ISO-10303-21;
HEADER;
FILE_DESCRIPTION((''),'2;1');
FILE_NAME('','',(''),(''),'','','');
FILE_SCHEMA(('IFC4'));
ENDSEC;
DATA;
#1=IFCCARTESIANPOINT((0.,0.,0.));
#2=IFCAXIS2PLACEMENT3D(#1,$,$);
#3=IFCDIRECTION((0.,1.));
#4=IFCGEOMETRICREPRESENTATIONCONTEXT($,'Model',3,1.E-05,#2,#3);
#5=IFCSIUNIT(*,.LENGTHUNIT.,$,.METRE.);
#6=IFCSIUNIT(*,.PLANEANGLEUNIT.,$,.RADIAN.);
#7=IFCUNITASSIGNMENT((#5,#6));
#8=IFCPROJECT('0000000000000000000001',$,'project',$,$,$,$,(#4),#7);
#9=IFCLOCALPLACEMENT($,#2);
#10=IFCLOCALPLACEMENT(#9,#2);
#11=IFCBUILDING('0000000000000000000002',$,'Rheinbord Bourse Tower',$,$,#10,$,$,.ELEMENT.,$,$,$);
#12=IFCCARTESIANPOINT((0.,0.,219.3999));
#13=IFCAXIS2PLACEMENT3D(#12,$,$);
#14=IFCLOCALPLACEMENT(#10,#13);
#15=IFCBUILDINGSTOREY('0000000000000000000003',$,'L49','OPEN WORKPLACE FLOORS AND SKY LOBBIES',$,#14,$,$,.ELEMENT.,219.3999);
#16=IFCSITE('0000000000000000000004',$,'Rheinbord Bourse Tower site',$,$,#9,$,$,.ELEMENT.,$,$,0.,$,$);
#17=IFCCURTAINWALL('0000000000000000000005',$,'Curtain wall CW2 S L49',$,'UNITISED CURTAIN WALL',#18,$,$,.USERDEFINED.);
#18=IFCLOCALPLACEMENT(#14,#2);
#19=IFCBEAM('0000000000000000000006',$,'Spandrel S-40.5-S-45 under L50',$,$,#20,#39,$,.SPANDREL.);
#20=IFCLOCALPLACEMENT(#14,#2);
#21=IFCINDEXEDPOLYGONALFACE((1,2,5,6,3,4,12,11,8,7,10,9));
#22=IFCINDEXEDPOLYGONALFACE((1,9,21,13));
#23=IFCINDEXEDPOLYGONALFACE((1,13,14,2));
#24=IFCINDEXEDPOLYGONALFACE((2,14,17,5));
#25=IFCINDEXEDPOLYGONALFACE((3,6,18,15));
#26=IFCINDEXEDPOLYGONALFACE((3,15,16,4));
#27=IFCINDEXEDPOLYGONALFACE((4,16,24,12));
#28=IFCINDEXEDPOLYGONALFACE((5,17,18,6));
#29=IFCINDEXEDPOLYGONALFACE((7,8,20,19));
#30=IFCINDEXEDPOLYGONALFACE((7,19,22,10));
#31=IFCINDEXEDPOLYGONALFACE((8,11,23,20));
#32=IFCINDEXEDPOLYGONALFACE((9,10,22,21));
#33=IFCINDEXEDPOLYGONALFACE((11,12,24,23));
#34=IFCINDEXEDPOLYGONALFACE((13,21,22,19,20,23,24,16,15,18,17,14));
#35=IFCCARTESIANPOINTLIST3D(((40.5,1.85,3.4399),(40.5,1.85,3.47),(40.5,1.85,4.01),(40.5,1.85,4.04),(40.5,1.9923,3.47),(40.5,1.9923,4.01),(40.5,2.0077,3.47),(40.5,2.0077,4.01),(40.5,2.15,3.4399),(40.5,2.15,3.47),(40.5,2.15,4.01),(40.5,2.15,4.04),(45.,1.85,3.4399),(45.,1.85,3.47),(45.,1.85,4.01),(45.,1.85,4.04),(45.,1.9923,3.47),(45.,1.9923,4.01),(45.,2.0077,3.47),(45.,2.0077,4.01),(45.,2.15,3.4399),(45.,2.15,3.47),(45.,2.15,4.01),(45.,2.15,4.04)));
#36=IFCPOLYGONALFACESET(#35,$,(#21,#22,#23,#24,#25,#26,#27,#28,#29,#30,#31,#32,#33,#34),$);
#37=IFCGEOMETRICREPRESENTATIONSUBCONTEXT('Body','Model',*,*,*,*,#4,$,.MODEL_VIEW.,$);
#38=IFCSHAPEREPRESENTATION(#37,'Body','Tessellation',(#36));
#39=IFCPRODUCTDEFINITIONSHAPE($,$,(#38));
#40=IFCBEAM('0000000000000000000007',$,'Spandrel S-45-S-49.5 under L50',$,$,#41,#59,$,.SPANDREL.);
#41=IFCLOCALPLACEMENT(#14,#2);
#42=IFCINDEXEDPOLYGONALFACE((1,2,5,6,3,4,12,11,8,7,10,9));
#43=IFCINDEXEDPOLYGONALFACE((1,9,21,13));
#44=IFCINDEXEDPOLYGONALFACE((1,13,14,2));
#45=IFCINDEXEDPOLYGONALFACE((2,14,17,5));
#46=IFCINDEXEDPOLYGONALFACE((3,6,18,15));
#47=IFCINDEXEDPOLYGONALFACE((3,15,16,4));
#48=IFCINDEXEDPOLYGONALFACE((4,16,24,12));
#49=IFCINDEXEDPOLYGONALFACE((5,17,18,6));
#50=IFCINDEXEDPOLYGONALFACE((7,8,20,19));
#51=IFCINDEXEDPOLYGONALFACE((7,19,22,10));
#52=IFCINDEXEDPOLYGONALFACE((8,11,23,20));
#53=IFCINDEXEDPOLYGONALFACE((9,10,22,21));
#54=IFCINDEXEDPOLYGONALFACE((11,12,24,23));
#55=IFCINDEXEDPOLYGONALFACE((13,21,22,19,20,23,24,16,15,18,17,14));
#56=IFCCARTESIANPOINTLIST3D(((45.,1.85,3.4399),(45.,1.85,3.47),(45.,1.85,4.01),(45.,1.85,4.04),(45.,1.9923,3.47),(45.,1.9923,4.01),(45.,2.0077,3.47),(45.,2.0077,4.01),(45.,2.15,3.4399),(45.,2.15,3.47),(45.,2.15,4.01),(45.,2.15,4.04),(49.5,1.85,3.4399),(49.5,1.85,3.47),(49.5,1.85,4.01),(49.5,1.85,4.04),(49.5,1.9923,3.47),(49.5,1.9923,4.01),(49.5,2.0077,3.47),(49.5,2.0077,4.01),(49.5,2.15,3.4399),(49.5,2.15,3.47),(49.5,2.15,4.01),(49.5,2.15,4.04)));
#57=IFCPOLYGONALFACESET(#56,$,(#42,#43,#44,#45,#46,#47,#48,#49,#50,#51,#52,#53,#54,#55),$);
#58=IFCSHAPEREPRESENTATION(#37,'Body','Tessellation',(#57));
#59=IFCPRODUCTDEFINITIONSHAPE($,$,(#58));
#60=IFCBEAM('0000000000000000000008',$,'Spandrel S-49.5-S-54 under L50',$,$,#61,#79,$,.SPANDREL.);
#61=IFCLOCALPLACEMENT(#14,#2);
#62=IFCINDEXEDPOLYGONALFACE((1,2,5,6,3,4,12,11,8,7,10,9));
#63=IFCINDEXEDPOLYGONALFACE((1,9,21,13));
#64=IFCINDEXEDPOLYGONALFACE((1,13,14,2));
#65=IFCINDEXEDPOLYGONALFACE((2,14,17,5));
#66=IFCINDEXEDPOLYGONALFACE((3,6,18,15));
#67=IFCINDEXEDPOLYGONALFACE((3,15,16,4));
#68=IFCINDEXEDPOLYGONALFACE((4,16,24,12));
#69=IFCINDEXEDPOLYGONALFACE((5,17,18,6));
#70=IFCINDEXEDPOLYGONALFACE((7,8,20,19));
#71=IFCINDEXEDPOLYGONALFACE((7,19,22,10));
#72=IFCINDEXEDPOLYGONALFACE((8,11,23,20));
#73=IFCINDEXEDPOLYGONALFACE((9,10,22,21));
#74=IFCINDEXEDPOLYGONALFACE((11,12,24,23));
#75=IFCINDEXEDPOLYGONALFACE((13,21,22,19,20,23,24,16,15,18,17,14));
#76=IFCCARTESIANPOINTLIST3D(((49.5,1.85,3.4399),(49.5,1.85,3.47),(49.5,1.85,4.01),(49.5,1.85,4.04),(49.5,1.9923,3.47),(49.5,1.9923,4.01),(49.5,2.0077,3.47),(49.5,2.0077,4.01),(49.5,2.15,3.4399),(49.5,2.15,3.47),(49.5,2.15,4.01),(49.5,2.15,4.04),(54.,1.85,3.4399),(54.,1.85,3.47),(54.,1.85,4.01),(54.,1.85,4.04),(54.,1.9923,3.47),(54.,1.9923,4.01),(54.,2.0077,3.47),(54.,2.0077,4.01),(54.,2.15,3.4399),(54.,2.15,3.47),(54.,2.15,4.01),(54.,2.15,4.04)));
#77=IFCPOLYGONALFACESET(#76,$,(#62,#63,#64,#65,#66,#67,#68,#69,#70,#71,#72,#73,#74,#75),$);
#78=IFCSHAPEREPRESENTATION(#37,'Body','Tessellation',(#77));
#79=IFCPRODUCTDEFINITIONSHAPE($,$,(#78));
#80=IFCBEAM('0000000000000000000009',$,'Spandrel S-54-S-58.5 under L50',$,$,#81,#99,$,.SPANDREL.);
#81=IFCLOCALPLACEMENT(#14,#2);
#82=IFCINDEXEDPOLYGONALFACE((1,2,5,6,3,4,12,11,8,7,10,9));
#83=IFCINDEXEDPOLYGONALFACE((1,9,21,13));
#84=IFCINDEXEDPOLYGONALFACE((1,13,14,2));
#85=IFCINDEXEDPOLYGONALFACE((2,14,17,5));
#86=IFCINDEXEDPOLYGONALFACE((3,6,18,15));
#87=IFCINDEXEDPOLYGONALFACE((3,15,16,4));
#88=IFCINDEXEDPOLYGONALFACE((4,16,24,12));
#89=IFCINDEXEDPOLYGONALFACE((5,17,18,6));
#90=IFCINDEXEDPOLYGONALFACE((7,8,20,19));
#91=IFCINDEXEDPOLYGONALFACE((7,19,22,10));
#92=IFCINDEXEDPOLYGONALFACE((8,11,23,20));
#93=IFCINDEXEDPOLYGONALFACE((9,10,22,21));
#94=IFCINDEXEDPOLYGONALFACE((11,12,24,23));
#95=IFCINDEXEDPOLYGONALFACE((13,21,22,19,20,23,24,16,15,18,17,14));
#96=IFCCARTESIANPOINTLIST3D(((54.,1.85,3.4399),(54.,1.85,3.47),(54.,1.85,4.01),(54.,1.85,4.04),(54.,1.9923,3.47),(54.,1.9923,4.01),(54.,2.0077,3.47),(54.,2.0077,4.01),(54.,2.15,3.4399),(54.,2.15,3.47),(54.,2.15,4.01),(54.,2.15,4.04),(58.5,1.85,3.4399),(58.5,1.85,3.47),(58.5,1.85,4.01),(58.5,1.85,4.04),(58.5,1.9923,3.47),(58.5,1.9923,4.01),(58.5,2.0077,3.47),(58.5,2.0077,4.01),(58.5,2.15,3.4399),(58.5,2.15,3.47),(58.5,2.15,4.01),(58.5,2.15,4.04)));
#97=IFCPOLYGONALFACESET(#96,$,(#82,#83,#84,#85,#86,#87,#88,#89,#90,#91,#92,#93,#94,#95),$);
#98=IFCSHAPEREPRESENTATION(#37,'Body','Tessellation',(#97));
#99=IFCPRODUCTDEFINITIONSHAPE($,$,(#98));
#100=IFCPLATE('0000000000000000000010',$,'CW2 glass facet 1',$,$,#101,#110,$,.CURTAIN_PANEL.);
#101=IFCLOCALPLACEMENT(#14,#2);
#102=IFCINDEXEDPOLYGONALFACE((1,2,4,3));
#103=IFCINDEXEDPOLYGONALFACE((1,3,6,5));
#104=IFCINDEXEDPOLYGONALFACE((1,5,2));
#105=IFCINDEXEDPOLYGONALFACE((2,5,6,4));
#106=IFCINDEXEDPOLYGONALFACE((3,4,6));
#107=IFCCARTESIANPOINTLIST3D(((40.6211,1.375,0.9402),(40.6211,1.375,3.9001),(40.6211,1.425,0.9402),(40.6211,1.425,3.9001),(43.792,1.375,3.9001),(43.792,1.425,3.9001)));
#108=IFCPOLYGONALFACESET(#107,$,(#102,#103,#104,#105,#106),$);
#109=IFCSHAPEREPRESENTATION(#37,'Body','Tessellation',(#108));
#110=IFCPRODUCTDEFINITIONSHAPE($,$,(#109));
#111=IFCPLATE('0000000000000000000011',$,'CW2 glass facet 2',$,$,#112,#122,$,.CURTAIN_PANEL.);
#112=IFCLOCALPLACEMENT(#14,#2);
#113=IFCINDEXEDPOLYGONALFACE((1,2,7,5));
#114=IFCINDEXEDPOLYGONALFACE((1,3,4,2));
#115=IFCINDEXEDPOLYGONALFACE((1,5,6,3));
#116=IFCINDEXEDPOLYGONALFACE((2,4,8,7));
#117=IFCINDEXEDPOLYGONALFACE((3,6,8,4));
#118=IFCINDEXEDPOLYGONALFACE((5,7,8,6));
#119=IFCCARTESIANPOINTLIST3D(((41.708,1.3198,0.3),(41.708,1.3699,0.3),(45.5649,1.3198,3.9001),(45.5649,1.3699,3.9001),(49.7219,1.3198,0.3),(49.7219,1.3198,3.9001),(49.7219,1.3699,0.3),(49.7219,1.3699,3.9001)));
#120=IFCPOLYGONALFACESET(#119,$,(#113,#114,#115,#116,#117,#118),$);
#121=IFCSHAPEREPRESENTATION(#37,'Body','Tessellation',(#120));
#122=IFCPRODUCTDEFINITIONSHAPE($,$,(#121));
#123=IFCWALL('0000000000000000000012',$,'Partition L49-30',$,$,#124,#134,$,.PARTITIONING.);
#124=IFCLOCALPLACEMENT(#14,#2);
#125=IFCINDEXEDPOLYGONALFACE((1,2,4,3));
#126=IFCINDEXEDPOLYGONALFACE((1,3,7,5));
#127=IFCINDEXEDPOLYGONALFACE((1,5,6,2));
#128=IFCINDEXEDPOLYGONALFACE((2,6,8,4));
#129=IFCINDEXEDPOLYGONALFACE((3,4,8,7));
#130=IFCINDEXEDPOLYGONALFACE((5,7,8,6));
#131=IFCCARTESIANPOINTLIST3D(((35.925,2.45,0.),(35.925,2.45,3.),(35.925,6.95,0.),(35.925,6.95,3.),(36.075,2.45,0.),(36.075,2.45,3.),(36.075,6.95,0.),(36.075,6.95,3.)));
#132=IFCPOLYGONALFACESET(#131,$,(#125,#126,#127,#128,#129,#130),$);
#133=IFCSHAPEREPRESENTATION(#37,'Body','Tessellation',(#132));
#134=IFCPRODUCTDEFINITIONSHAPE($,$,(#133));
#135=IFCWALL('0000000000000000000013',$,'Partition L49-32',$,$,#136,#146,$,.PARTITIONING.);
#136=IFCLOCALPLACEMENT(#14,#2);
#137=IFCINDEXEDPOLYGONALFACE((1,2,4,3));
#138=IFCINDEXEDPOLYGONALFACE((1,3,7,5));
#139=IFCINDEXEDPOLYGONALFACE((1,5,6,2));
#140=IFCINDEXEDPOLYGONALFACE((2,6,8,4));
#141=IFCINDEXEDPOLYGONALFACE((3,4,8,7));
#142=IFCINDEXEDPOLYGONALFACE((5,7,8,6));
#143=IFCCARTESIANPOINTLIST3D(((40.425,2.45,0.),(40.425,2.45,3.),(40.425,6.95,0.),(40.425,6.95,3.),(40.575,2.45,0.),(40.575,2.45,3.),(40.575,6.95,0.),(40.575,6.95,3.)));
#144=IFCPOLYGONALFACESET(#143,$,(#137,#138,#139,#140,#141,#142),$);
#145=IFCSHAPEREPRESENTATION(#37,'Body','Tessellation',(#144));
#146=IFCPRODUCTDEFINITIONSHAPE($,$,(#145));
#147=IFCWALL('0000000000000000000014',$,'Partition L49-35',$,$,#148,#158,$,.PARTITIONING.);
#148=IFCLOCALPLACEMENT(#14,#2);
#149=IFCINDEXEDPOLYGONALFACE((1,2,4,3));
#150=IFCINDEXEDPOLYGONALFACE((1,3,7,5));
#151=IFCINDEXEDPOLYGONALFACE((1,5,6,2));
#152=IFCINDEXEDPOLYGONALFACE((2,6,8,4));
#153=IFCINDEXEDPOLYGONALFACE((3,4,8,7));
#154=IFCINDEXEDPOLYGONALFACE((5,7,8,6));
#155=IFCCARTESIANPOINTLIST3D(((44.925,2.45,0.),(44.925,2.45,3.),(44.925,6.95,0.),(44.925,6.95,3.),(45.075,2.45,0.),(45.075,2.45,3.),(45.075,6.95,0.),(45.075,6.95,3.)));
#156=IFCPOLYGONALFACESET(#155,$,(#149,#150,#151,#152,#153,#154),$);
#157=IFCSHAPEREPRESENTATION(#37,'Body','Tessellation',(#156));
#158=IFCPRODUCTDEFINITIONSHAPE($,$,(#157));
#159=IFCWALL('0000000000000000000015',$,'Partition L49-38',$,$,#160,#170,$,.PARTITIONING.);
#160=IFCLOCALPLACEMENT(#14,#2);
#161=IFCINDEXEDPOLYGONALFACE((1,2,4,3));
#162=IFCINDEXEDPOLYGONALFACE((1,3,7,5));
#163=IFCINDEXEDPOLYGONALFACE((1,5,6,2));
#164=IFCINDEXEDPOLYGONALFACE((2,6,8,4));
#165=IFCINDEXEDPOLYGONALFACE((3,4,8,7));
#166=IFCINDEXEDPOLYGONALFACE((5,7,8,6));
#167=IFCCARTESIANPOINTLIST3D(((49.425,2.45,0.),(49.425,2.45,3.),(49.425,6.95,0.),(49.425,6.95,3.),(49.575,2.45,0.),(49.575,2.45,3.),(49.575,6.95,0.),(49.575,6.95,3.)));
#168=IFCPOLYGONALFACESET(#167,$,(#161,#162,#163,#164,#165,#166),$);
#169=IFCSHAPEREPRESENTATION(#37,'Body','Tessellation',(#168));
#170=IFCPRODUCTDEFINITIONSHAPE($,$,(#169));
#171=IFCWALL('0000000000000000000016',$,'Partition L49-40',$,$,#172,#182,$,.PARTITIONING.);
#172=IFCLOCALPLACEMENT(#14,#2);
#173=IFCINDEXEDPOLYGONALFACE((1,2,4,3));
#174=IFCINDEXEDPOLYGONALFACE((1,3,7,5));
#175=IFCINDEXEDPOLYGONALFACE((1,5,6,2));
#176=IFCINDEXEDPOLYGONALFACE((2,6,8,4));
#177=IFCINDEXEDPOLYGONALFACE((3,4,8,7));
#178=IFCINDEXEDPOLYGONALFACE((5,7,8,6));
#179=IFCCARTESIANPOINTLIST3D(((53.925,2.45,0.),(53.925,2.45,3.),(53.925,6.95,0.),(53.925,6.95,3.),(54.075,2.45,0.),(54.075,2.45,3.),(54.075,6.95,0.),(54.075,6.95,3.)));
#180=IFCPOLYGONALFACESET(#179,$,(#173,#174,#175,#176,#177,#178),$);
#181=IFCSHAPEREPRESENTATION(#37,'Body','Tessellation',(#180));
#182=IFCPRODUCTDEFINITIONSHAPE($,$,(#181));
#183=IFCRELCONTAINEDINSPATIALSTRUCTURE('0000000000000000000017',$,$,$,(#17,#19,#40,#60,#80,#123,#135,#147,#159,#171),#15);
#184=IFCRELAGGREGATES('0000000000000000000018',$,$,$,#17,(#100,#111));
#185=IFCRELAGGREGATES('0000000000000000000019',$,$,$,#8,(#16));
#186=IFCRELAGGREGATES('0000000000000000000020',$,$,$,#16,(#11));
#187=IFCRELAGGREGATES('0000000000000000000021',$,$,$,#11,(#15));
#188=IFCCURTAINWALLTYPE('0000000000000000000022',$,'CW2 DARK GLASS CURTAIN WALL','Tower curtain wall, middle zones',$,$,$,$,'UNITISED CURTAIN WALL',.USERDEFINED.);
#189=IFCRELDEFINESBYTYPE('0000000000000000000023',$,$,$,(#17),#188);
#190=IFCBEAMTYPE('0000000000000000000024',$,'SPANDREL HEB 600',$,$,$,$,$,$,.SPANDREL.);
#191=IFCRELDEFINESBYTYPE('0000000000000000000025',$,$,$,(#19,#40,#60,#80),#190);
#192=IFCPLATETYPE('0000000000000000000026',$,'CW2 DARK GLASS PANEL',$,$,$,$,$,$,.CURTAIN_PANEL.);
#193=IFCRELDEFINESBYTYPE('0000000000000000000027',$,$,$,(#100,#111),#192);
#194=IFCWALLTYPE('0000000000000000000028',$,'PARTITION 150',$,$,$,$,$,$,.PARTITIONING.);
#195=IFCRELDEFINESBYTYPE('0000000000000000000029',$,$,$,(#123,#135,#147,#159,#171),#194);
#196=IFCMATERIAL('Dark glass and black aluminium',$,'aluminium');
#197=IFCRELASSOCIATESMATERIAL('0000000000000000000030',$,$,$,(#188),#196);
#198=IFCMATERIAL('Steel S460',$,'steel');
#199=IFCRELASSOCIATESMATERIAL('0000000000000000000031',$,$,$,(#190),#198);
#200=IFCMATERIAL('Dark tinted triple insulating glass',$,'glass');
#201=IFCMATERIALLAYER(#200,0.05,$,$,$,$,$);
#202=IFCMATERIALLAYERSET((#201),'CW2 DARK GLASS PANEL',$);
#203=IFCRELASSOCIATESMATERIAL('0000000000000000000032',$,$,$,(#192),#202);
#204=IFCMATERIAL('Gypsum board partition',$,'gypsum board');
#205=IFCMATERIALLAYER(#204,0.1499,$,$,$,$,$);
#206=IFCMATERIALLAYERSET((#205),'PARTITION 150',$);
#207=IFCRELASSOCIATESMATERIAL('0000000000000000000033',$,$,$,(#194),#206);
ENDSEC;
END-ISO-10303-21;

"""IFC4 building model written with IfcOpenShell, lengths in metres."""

from ifc_helpers import new_model, si_unit, direction, frame, frame_2d, origin, origin_2d, place, context, subcontext, project, spatial, polyline, rectangle, i_section, outline, extrude, material, layer, layer_set, material_profile, profile_set, type_object, element, aggregate, save


model = new_model("IFC4")

# Units and contexts
model_context = context("Model", 3, precision=1e-05, world=origin(), true_north=direction((0.0, 1.0)))
body_context = subcontext(model_context, "Body", "Model", "MODEL_VIEW")
ifc_project = project(units=[si_unit("LENGTHUNIT", "METRE"), si_unit("PLANEANGLEUNIT", "RADIAN")], contexts=[model_context])

# Site, building, storey
site_placement = place(None, origin())
site = spatial("IfcSite", under=ifc_project, at=site_placement, Name="Rheinbord Bourse Tower site", CompositionType="ELEMENT", RefElevation=0.0)
building_placement = place(site_placement, origin())
building = spatial("IfcBuilding", under=site, at=building_placement, Name="Rheinbord Bourse Tower", CompositionType="ELEMENT")
storey_placement = place(building_placement, frame((0.0, 0.0, 219.3999)))
storey = spatial("IfcBuildingStorey", under=building, at=storey_placement, Name="L49", Description="OPEN WORKPLACE FLOORS AND SKY LOBBIES", CompositionType="ELEMENT", Elevation=219.3999)

# Curtain wall
ifc_material_1 = material(Name="Dark glass and black aluminium", Category="aluminium")
curtain_wall_type = type_object("IfcCurtainWallType", Name="CW2 DARK GLASS CURTAIN WALL", Description="Tower curtain wall, middle zones", ElementType="UNITISED CURTAIN WALL", PredefinedType="USERDEFINED", material=ifc_material_1)
curtain_wall_placement = place(storey_placement, origin())
curtain_wall = element("IfcCurtainWall", 1, at=curtain_wall_placement, inside=storey, type_object=curtain_wall_type, Name="Curtain wall CW2 S L49", ObjectType="UNITISED CURTAIN WALL", PredefinedType="USERDEFINED")

# Beams
ifc_material_2 = material(Name="Steel S460", Category="steel")
ifc_material_profile_1 = material_profile(ifc_material_2, i_section(OverallWidth=0.3, OverallDepth=0.6001, WebThickness=0.0154, FlangeThickness=0.03, at=origin_2d()), Name="HEB 600")
ifc_profile_set_1 = profile_set([ifc_material_profile_1], Name="Steel S460")
beam_type_1 = type_object("IfcBeamType", Name="SPANDREL HEB 600", PredefinedType="SPANDREL", material=ifc_profile_set_1)
for number, where, z_axis, x_axis, name in (
    (2, (40.5, 2.0, 3.74), (1.0, 0.0, 0.0), (0.0, 1.0, 0.0), "Spandrel S-40.5-S-45 under L50"),
    (3, (45.0, 2.0, 3.74), (1.0, 0.0, 0.0), (0.0, 1.0, 0.0), "Spandrel S-45-S-49.5 under L50"),
    (4, (49.5, 2.0, 3.74), (1.0, 0.0, 0.0), (0.0, 1.0, 0.0), "Spandrel S-49.5-S-54 under L50"),
    (5, (54.0, 2.0, 3.74), (1.0, 0.0, 0.0), (0.0, 1.0, 0.0), "Spandrel S-54-S-58.5 under L50"),
):
    element("IfcBeam", number, at=place(storey_placement, frame(where, z_axis=z_axis, x_axis=x_axis)), inside=storey, type_object=beam_type_1, Name=name, PredefinedType="SPANDREL", context=body_context, shape_type="SweptSolid", body=[
        extrude(i_section(OverallWidth=0.3, OverallDepth=0.6001, WebThickness=0.0154, FlangeThickness=0.03, at=origin_2d()), origin(), (0.0, 0.0, 1.0), 4.5),
    ])

# Plates
ifc_material_3 = material(Name="Dark tinted triple insulating glass", Category="glass")
ifc_layer_1 = layer(ifc_material_3, 0.05)
ifc_layer_set_1 = layer_set([ifc_layer_1], Name="CW2 DARK GLASS PANEL")
plate_type = type_object("IfcPlateType", Name="CW2 DARK GLASS PANEL", PredefinedType="CURTAIN_PANEL", material=ifc_layer_set_1)
plate_1_placement = place(storey_placement, frame((40.6211, 1.375, 3.9001), z_axis=(0.0, 1.0, 0.0), x_axis=(1.0, 0.0, 0.0)))
plate_1 = element("IfcPlate", 6, at=plate_1_placement, type_object=plate_type, Name="CW2 glass facet 1", PredefinedType="CURTAIN_PANEL", context=body_context, shape_type="SweptSolid", body=[
    extrude(outline(polyline([(0.0, 0.0), (3.1709, 0.0), (0.0, 2.96), (0.0, 0.0)])), origin(), (0.0, 0.0, 1.0), 0.05),
])
plate_2_placement = place(storey_placement, frame((49.7219, 1.3198, 3.9001), z_axis=(0.0, 1.0, 0.0), x_axis=(0.0, 0.0, -1.0)))
plate_2 = element("IfcPlate", 7, at=plate_2_placement, type_object=plate_type, Name="CW2 glass facet 2", PredefinedType="CURTAIN_PANEL", context=body_context, shape_type="SweptSolid", body=[
    extrude(outline(polyline([(0.0, 0.0), (3.6001, 0.0), (3.6001, 8.0139), (0.0, 4.157), (0.0, 0.0)])), origin(), (0.0, 0.0, 1.0), 0.05),
])
aggregate(curtain_wall, [plate_1, plate_2])

# Walls
ifc_material_4 = material(Name="Gypsum board partition", Category="gypsum board")
ifc_layer_2 = layer(ifc_material_4, 0.1499)
ifc_layer_set_2 = layer_set([ifc_layer_2], Name="PARTITION 150")
wall_type = type_object("IfcWallType", Name="PARTITION 150", PredefinedType="PARTITIONING", material=ifc_layer_set_2)
for number, where, z_axis, x_axis, name in (
    (8, (36.0, 2.45, 0.0), (0.0, 0.0, 1.0), (0.0, 1.0, 0.0), "Partition L49-30"),
    (9, (40.5, 2.45, 0.0), (0.0, 0.0, 1.0), (0.0, 1.0, 0.0), "Partition L49-32"),
    (10, (45.0, 2.45, 0.0), (0.0, 0.0, 1.0), (0.0, 1.0, 0.0), "Partition L49-35"),
    (11, (49.5, 2.45, 0.0), (0.0, 0.0, 1.0), (0.0, 1.0, 0.0), "Partition L49-38"),
    (12, (54.0, 2.45, 0.0), (0.0, 0.0, 1.0), (0.0, 1.0, 0.0), "Partition L49-40"),
):
    element("IfcWall", number, at=place(storey_placement, frame(where, z_axis=z_axis, x_axis=x_axis)), inside=storey, type_object=wall_type, Name=name, PredefinedType="PARTITIONING", context=body_context, shape_type="SweptSolid", body=[
        extrude(rectangle(XDim=4.5, YDim=0.1499, at=frame_2d((2.25, 0.0))), origin(), (0.0, 0.0, 1.0), 3.0),
    ])

save(model, "model.ifc")
